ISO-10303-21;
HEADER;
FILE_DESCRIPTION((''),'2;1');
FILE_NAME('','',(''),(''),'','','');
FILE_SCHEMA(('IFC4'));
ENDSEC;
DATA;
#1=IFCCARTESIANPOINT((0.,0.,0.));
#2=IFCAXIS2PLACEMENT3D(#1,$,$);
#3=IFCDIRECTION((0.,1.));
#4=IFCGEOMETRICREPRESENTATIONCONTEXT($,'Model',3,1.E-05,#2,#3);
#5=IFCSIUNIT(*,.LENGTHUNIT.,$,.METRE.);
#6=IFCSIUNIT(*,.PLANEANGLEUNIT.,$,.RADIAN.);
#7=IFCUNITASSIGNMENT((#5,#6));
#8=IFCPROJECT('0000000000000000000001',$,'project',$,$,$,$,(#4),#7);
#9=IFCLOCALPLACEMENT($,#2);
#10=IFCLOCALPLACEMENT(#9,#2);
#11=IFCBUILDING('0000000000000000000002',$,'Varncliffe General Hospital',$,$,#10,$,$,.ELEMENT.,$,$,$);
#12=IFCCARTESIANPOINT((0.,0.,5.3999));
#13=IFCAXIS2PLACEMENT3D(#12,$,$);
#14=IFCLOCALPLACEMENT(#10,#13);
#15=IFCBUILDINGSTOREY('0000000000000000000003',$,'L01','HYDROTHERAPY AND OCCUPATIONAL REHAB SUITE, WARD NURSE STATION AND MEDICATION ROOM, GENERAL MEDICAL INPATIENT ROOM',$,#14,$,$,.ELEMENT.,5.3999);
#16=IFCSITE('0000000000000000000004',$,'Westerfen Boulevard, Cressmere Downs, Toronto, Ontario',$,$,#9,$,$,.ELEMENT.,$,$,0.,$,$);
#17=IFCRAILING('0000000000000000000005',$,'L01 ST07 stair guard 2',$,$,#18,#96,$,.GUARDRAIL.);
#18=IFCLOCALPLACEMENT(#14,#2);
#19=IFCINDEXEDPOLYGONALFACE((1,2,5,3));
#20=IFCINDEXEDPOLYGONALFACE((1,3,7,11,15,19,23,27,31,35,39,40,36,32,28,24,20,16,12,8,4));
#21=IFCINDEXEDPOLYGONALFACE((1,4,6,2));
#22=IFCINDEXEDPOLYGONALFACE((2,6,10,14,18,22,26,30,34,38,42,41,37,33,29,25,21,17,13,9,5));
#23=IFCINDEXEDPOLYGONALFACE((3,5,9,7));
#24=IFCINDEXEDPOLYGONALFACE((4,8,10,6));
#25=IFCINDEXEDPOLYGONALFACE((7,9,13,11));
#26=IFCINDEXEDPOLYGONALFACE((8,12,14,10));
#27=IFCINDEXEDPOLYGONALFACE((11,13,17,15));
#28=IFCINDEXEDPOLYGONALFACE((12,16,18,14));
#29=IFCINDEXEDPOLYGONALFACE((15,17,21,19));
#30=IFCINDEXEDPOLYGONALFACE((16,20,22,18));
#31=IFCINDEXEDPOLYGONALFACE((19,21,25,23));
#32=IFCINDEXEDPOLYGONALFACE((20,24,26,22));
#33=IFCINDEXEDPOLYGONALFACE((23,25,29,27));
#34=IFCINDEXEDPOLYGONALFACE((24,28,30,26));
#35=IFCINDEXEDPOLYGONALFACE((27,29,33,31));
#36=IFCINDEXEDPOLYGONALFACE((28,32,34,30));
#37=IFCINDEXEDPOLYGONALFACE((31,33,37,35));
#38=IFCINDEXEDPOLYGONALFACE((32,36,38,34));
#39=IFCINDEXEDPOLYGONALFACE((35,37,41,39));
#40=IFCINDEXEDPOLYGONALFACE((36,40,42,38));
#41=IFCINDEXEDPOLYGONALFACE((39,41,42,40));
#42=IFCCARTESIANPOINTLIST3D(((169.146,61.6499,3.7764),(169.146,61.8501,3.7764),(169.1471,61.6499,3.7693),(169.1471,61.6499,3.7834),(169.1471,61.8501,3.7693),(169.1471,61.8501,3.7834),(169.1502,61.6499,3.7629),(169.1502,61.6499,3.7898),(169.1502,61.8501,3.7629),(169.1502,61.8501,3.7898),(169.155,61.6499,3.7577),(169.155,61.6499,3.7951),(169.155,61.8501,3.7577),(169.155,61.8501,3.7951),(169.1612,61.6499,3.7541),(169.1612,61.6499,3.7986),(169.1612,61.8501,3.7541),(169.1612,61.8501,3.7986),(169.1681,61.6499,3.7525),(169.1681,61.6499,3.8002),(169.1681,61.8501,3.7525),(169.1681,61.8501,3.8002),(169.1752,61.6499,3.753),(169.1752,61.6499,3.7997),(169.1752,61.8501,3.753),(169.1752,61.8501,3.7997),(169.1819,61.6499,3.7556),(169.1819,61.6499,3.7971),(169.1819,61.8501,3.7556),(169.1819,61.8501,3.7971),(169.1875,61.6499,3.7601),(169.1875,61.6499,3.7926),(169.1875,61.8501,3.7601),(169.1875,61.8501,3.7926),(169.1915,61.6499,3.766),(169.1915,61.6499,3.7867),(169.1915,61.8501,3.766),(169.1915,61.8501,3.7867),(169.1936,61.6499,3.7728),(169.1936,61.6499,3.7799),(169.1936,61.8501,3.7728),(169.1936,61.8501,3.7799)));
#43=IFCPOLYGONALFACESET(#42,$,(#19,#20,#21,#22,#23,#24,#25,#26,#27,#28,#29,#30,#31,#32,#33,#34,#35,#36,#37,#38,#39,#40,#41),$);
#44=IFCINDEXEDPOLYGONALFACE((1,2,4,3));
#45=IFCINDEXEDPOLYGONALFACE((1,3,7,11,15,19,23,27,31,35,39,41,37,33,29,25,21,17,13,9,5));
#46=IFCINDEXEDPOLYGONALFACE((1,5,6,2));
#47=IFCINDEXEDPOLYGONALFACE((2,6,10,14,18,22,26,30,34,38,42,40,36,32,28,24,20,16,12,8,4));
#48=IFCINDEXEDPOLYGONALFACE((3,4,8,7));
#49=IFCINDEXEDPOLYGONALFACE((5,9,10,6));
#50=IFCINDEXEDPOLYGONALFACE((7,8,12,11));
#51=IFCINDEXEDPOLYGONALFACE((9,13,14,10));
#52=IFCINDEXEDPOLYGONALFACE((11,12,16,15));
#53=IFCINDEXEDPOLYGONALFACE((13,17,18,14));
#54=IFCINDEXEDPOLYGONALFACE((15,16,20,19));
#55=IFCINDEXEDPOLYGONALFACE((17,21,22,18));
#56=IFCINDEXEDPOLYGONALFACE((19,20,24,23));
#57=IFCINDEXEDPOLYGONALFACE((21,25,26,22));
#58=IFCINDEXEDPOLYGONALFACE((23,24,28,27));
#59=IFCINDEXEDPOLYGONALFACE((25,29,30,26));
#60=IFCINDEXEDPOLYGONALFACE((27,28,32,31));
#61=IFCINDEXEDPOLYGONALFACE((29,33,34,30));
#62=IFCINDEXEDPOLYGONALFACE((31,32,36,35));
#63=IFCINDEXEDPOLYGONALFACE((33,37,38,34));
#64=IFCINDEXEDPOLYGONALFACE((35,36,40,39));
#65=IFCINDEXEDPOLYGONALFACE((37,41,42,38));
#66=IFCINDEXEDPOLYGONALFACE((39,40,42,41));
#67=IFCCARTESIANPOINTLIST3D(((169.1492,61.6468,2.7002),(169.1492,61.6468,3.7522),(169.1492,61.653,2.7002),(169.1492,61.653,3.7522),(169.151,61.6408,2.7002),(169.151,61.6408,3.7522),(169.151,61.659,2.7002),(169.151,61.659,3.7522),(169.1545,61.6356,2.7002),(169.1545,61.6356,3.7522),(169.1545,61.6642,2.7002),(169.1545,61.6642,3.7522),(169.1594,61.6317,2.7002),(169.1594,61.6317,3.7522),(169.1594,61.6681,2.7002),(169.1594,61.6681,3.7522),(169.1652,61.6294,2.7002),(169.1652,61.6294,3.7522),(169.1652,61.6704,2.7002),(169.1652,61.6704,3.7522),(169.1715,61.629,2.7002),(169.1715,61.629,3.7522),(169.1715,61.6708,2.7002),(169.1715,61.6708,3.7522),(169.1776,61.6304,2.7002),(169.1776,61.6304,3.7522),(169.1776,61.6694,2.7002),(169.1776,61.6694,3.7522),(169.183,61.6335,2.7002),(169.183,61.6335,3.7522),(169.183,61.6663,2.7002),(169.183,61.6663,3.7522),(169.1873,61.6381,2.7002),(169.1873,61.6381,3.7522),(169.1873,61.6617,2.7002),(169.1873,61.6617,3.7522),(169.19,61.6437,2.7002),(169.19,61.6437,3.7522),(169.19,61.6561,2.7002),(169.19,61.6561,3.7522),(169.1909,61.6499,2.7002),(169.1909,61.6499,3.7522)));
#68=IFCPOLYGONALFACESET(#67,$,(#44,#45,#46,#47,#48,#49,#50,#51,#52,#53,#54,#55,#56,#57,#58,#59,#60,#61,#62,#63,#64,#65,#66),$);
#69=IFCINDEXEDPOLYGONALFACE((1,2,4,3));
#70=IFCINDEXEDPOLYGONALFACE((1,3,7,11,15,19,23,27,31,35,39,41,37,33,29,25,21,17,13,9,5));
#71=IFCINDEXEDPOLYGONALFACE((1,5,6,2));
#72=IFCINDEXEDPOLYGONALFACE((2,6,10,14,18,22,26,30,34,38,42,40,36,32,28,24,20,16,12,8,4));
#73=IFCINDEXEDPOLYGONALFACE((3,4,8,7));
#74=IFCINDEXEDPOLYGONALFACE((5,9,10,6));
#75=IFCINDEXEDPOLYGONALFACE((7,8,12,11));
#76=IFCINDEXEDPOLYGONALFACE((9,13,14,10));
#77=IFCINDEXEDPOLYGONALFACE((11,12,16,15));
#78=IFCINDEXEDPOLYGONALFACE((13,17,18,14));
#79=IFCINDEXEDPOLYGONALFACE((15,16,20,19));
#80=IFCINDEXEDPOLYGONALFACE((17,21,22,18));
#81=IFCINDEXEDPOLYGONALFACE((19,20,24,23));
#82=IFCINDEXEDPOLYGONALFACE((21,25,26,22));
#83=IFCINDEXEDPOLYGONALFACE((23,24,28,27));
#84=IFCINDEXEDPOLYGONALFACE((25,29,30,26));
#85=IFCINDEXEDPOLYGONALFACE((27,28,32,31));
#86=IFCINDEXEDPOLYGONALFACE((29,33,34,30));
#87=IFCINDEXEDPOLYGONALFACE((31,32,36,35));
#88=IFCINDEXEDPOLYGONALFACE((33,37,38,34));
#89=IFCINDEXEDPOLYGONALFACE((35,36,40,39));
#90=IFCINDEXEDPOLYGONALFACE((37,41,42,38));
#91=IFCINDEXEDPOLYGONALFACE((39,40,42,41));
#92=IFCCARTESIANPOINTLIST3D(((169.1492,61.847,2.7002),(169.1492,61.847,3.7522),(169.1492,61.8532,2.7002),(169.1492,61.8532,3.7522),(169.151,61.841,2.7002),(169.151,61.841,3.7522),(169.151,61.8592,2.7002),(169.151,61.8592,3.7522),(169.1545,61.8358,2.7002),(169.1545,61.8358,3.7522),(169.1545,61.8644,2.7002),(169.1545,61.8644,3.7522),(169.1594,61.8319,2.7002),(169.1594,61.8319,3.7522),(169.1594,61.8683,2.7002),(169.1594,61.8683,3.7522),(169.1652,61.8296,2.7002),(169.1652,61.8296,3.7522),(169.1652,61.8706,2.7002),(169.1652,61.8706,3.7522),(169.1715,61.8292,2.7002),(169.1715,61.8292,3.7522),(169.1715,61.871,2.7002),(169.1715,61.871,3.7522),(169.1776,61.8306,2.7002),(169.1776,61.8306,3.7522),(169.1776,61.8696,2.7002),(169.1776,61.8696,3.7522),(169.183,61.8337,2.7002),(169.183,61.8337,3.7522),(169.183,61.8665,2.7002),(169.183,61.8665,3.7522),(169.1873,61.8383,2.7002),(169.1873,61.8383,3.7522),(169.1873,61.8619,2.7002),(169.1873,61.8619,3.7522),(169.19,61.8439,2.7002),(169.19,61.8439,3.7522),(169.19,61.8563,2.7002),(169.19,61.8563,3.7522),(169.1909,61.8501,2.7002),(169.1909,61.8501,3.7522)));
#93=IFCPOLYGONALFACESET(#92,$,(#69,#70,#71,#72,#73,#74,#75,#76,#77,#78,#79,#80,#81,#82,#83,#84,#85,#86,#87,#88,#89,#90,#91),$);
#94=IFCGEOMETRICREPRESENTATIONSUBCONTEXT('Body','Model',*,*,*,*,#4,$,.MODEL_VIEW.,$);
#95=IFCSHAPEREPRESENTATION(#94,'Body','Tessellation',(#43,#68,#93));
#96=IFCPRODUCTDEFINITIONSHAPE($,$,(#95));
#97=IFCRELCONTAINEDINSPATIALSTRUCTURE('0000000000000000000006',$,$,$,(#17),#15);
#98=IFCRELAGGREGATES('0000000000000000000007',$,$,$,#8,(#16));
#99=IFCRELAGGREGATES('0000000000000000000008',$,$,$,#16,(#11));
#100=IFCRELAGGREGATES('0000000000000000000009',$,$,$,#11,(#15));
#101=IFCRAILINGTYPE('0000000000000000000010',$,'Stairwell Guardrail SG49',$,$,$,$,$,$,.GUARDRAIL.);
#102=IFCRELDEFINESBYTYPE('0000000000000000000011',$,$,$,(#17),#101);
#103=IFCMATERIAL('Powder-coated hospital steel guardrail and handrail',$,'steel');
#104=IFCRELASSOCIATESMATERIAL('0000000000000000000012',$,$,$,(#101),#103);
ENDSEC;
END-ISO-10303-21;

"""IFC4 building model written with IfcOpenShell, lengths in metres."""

from ifc_helpers import new_model, si_unit, direction, frame, origin, origin_2d, place, context, subcontext, project, spatial, circle, extrude, material, type_object, element, save


model = new_model("IFC4")

# Units and contexts
model_context = context("Model", 3, precision=1e-05, world=origin(), true_north=direction((0.0, 1.0)))
body_context = subcontext(model_context, "Body", "Model", "MODEL_VIEW")
ifc_project = project(units=[si_unit("LENGTHUNIT", "METRE"), si_unit("PLANEANGLEUNIT", "RADIAN")], contexts=[model_context])

# Site, building, storey
site_placement = place(None, origin())
site = spatial("IfcSite", under=ifc_project, at=site_placement, Name="Westerfen Boulevard, Cressmere Downs, Toronto, Ontario", CompositionType="ELEMENT", RefElevation=0.0)
building_placement = place(site_placement, origin())
building = spatial("IfcBuilding", under=site, at=building_placement, Name="Varncliffe General Hospital", CompositionType="ELEMENT")
storey_placement = place(building_placement, frame((0.0, 0.0, 5.3999)))
storey = spatial("IfcBuildingStorey", under=building, at=storey_placement, Name="L01", Description="HYDROTHERAPY AND OCCUPATIONAL REHAB SUITE, WARD NURSE STATION AND MEDICATION ROOM, GENERAL MEDICAL INPATIENT ROOM", CompositionType="ELEMENT", Elevation=5.3999)

# Railing
ifc_material_1 = material(Name="Powder-coated hospital steel guardrail and handrail", Category="steel")
railing_type_1 = type_object("IfcRailingType", Name="Stairwell Guardrail SG49", PredefinedType="GUARDRAIL", material=ifc_material_1)
railing_1_placement = place(storey_placement, frame((169.1699, 61.6499, 2.7002)))
element("IfcRailing", 1, at=railing_1_placement, inside=storey, type_object=railing_type_1, Name="L01 ST07 stair guard 2", PredefinedType="GUARDRAIL", context=body_context, shape_type="SweptSolid", body=[
    extrude(circle(Radius=0.0239, at=origin_2d()), frame((0.0, 0.0, 1.0762), z_axis=(0.0, 1.0, 0.0), x_axis=(-1.0, 0.0, 0.0)), (0.0, 0.0, 1.0), 0.2002),
    extrude(circle(Radius=0.021, at=origin_2d()), origin(), (0.0, 0.0, 1.0), 1.052),
    extrude(circle(Radius=0.021, at=origin_2d()), frame((0.0, 0.2002, 0.0)), (0.0, 0.0, 1.0), 1.052),
])

save(model, "model.ifc")
